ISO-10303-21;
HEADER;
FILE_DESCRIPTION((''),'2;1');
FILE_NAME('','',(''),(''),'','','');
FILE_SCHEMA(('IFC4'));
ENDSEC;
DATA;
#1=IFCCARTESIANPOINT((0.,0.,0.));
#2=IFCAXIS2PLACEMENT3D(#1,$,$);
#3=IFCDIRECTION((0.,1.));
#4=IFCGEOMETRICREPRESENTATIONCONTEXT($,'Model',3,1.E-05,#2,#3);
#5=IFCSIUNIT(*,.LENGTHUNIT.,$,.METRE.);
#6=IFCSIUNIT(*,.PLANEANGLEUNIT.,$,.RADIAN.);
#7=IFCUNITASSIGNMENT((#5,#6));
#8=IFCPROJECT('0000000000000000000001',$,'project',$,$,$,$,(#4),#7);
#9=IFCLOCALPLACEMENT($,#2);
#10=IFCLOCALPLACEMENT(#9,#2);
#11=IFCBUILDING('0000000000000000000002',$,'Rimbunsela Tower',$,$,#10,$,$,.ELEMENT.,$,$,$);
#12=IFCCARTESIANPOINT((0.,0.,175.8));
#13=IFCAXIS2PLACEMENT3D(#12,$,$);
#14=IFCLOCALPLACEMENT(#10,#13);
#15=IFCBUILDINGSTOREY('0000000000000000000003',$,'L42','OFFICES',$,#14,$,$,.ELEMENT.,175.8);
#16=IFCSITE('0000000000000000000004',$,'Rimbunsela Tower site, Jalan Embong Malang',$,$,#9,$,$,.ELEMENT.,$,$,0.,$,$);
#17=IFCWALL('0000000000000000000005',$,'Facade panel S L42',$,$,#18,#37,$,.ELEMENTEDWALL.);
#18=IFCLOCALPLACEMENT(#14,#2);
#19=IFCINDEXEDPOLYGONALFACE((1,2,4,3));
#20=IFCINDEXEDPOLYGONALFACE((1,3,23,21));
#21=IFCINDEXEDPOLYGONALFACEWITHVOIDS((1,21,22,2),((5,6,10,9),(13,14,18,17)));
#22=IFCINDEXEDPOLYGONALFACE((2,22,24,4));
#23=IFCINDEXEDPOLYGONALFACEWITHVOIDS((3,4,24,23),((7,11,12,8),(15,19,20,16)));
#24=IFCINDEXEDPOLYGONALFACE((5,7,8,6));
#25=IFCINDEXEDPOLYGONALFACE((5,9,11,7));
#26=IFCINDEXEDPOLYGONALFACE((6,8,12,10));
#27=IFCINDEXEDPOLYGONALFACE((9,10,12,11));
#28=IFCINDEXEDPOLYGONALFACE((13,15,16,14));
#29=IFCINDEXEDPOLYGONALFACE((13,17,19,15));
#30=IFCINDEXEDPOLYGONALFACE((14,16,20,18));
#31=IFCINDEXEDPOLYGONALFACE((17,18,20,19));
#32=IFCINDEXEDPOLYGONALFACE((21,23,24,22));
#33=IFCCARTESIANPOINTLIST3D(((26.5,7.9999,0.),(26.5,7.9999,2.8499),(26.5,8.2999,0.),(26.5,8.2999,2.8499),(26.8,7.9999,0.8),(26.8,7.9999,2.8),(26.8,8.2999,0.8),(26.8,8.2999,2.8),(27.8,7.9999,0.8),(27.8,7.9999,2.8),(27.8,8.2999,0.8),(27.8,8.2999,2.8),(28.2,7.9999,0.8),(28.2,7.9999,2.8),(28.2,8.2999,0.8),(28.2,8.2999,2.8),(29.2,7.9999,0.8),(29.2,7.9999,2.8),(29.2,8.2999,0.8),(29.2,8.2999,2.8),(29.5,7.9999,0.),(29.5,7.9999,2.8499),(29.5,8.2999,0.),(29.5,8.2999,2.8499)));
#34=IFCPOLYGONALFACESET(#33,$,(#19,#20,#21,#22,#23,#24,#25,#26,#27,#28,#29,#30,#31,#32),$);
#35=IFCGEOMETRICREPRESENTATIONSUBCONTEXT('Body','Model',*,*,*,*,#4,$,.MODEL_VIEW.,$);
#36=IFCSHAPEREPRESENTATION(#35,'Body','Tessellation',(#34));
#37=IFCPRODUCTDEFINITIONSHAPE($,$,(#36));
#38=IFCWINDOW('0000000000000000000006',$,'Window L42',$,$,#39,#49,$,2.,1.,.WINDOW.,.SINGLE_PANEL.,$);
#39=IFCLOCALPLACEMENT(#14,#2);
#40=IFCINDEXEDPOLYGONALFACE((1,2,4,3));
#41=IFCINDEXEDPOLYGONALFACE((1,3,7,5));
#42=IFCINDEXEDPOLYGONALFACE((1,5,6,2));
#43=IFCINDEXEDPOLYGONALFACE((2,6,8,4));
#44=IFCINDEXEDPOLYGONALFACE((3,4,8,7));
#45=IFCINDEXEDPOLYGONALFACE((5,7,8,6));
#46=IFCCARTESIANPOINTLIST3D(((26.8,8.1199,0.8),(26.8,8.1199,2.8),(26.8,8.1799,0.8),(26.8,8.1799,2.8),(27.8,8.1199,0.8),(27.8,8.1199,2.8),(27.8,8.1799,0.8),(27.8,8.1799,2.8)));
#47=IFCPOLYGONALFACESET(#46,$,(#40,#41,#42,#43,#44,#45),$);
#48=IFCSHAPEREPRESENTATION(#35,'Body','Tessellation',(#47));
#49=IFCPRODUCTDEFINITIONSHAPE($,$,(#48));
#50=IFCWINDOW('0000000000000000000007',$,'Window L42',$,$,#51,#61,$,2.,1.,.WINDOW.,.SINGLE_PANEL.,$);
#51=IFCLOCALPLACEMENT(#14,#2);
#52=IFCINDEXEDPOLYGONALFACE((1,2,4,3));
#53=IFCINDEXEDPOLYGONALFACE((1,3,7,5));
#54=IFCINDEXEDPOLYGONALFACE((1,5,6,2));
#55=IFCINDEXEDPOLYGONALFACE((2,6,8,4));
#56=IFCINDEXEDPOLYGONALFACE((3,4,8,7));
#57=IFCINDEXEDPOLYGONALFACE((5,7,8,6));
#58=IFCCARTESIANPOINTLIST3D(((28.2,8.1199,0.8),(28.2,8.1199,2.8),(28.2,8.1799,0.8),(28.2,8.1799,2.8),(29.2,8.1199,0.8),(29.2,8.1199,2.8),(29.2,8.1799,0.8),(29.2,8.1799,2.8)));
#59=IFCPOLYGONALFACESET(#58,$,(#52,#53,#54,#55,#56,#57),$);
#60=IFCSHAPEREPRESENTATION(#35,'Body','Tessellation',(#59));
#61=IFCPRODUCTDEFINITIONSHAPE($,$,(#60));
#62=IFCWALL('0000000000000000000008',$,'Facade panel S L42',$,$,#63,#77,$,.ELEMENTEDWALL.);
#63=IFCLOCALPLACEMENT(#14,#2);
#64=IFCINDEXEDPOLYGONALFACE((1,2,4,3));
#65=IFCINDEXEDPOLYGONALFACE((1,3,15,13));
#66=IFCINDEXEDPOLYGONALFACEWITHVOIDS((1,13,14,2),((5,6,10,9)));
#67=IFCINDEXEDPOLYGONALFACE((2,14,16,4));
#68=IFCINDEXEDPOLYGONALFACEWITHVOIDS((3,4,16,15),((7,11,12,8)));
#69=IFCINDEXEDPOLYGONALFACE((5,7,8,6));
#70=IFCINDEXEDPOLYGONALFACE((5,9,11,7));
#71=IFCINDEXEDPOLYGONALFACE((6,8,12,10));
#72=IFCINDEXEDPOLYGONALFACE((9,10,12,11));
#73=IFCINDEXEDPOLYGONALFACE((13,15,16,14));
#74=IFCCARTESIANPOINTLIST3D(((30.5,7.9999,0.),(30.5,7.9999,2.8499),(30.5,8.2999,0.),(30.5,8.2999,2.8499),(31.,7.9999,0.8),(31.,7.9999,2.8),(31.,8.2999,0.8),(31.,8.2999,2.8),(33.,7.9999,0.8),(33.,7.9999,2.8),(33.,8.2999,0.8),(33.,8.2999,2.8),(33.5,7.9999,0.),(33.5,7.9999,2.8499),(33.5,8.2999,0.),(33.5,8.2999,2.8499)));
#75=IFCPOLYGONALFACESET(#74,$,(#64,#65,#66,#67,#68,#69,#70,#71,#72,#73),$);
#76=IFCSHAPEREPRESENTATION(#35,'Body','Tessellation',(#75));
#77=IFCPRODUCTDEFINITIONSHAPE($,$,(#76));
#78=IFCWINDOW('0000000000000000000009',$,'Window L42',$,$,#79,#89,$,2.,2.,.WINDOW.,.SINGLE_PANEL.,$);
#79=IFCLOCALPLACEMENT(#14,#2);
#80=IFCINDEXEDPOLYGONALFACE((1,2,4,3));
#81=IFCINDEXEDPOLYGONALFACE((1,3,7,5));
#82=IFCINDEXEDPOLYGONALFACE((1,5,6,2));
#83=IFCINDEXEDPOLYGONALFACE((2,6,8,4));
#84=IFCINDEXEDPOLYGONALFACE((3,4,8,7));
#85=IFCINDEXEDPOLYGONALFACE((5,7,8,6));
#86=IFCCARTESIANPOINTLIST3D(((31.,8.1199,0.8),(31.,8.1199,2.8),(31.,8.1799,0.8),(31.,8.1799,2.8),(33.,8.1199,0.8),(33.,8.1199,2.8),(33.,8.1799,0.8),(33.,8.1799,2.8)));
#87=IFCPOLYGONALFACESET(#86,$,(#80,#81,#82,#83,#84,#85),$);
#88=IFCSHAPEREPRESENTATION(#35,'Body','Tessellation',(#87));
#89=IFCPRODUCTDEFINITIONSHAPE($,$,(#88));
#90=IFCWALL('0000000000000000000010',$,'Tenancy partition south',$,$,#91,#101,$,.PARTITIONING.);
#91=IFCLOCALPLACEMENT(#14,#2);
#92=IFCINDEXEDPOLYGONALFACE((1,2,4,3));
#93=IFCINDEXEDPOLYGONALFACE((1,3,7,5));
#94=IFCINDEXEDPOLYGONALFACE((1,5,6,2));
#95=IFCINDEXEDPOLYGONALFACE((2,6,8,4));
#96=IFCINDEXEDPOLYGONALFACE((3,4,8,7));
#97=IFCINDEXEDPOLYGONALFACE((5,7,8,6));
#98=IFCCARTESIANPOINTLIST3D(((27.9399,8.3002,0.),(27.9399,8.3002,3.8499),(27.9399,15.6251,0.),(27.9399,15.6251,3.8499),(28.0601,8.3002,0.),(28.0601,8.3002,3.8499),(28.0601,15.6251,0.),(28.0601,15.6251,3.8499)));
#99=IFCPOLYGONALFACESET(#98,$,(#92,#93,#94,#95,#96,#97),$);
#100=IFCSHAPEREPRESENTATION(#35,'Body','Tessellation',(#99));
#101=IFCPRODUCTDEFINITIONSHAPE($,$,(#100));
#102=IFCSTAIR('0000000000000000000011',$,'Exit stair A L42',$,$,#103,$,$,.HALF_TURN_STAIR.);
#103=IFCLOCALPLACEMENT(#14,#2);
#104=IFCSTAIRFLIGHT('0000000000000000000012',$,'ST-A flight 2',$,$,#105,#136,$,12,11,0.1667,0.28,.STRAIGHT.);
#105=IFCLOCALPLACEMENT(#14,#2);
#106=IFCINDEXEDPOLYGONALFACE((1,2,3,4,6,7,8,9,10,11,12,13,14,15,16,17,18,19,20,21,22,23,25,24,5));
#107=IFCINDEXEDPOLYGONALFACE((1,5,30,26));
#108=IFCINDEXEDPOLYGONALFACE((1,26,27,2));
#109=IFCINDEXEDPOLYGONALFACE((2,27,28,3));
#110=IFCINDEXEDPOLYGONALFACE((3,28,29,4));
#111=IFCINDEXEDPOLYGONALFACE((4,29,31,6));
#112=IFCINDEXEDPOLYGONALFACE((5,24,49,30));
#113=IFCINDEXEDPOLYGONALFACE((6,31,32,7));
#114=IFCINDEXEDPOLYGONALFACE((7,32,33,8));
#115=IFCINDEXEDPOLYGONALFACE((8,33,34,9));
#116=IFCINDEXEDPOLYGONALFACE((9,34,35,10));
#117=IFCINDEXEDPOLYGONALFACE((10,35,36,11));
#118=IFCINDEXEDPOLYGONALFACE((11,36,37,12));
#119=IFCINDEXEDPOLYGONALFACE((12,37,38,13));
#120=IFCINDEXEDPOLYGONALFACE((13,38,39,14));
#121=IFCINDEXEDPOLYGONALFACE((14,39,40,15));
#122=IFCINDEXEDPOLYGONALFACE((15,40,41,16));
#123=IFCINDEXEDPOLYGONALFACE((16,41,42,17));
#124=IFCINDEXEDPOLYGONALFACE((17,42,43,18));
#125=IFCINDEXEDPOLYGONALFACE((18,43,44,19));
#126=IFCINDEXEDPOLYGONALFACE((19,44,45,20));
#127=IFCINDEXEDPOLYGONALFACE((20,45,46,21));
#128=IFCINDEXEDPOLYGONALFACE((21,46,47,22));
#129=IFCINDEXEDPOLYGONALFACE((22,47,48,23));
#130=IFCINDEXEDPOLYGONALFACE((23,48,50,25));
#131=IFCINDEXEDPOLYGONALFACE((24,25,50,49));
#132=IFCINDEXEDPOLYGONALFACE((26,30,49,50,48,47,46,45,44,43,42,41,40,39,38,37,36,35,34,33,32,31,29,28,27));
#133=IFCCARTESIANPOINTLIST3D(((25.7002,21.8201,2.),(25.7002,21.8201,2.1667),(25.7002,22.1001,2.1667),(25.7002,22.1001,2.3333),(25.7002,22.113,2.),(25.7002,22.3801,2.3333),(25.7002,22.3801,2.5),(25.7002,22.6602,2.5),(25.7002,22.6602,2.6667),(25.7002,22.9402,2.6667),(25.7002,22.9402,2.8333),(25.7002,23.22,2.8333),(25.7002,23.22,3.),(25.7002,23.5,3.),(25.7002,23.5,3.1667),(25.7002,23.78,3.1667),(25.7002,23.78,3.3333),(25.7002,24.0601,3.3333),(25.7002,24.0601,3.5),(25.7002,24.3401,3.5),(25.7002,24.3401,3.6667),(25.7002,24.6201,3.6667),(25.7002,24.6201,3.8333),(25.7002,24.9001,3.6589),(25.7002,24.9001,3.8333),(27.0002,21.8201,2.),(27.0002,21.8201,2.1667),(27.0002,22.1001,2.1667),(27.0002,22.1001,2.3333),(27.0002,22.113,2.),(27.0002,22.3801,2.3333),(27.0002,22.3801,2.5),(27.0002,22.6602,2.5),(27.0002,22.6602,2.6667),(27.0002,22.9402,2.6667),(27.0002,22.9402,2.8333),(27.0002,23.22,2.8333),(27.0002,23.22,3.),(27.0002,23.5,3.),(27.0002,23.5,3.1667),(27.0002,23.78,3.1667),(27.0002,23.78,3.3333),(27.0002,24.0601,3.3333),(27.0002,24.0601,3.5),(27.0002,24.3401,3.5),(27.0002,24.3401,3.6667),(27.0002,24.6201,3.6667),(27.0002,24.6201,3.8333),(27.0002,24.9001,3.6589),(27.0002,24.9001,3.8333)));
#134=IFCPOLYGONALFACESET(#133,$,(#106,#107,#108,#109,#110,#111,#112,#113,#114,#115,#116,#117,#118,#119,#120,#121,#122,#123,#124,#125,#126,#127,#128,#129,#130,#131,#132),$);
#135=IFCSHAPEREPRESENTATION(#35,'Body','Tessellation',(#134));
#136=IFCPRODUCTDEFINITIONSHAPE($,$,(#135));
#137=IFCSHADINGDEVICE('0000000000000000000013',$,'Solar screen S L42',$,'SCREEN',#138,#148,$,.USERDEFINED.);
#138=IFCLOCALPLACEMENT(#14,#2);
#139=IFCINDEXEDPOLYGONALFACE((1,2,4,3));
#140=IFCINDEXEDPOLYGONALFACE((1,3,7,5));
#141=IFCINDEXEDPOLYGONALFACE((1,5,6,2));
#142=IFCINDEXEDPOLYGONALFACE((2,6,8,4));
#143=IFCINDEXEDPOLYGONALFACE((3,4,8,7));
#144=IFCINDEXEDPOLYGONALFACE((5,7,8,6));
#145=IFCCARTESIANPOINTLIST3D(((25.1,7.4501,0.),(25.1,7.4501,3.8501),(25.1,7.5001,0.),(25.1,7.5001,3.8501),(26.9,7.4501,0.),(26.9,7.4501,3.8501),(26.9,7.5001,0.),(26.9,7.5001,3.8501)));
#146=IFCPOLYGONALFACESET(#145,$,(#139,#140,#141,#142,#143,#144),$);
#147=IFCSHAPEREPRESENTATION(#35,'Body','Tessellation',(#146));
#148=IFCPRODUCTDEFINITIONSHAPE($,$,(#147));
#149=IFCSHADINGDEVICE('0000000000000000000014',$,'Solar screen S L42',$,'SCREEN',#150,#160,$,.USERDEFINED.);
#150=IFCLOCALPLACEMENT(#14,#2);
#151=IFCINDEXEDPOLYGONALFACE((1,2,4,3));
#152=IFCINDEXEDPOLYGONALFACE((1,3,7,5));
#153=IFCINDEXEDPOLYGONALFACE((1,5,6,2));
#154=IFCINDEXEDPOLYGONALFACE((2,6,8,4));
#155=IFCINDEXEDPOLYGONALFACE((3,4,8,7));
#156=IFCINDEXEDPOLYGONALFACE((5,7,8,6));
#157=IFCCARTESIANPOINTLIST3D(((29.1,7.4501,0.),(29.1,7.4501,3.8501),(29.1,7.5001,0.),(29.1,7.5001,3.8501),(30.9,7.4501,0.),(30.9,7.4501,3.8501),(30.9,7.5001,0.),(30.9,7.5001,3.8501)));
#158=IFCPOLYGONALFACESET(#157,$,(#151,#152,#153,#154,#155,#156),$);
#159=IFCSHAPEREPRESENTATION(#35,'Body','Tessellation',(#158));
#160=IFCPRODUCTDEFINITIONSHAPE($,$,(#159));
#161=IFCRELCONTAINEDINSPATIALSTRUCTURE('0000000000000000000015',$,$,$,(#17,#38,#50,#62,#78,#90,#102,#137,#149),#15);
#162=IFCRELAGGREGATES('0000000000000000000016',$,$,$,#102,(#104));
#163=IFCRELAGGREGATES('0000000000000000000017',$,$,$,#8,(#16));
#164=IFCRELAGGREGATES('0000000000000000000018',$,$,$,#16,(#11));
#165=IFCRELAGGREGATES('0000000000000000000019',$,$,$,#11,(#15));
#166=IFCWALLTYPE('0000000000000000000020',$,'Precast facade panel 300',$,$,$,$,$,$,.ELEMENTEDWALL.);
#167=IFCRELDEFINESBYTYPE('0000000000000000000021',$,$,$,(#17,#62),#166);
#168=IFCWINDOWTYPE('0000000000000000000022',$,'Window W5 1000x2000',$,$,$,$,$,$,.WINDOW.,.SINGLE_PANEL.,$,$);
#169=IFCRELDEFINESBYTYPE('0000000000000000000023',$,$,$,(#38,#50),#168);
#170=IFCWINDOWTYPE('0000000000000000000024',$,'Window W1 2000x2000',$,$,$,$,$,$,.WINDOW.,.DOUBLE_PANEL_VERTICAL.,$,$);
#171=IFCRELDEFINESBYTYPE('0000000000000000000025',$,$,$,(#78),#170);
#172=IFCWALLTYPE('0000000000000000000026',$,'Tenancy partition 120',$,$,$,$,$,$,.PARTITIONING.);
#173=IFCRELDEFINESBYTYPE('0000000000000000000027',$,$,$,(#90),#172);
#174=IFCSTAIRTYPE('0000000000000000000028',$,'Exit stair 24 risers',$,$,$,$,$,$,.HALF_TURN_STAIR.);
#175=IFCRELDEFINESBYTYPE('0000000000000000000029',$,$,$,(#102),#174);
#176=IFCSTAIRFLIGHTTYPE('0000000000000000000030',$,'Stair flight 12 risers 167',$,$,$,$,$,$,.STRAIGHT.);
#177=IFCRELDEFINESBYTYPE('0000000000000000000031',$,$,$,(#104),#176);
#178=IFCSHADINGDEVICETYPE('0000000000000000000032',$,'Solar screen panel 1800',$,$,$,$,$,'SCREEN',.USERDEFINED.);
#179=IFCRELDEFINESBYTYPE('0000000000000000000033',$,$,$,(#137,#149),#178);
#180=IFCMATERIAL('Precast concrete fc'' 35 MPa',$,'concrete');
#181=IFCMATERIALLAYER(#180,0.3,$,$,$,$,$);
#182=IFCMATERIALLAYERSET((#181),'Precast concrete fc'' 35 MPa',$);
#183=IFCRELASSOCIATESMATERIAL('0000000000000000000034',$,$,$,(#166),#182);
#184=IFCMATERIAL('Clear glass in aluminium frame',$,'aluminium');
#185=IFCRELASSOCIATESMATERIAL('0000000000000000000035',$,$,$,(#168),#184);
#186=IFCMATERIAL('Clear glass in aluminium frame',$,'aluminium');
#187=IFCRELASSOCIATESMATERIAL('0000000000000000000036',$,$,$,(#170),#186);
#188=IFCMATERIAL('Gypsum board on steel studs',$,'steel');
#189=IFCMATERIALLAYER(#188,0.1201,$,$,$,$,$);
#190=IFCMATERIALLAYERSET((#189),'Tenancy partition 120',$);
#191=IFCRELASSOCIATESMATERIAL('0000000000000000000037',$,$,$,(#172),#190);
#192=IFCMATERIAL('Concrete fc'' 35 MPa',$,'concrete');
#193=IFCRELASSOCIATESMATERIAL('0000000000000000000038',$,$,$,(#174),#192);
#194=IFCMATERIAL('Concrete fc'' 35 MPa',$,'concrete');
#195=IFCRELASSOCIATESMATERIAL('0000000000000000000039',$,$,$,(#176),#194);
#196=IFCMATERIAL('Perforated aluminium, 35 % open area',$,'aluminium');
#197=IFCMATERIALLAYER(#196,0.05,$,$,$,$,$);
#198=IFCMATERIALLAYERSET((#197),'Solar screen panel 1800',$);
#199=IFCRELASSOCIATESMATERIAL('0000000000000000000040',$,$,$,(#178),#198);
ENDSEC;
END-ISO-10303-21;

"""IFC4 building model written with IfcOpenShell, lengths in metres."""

from ifc_helpers import new_model, si_unit, direction, frame, frame_2d, origin, origin_2d, place, context, subcontext, project, spatial, polyline, rectangle, outline, extrude, material, layer, layer_set, type_object, element, fill, aggregate, save


model = new_model("IFC4")

# Units and contexts
model_context = context("Model", 3, precision=1e-05, world=origin(), true_north=direction((0.0, 1.0)))
body_context = subcontext(model_context, "Body", "Model", "MODEL_VIEW")
ifc_project = project(units=[si_unit("LENGTHUNIT", "METRE"), si_unit("PLANEANGLEUNIT", "RADIAN")], contexts=[model_context])

# Site, building, storey
site_placement = place(None, origin())
site = spatial("IfcSite", under=ifc_project, at=site_placement, Name="Rimbunsela Tower site, Jalan Embong Malang", CompositionType="ELEMENT", RefElevation=0.0)
building_placement = place(site_placement, origin())
building = spatial("IfcBuilding", under=site, at=building_placement, Name="Rimbunsela Tower", CompositionType="ELEMENT")
storey_placement = place(building_placement, frame((0.0, 0.0, 175.8)))
storey = spatial("IfcBuildingStorey", under=building, at=storey_placement, Name="L42", Description="OFFICES", CompositionType="ELEMENT", Elevation=175.8)

# Wall, openings, windows
ifc_material_1 = material(Name="Precast concrete fc' 35 MPa", Category="concrete")
ifc_layer_1 = layer(ifc_material_1, 0.3)
ifc_layer_set_1 = layer_set([ifc_layer_1], Name="Precast concrete fc' 35 MPa")
wall_type_1 = type_object("IfcWallType", Name="Precast facade panel 300", PredefinedType="ELEMENTEDWALL", material=ifc_layer_set_1)
wall_1_placement = place(storey_placement, frame((26.5, 8.1499, 0.0), z_axis=(0.0, 0.0, 1.0), x_axis=(1.0, 0.0, 0.0)))
wall_1 = element("IfcWall", 1, at=wall_1_placement, inside=storey, type_object=wall_type_1, Name="Facade panel S L42", PredefinedType="ELEMENTEDWALL", context=body_context, shape_type="SweptSolid", body=[
    extrude(rectangle(XDim=3.0, YDim=0.3, at=frame_2d((1.5, 0.0))), origin(), (0.0, 0.0, 1.0), 2.8499),
])
opening_1_placement = place(wall_1_placement, frame((0.3, 0.0, 0.8)))
opening_1 = element("IfcOpeningElement", 2, at=opening_1_placement, cuts=wall_1, PredefinedType="OPENING", context=body_context, shape_type="SweptSolid", body=[
    extrude(rectangle(XDim=1.0, YDim=2.0, at=frame_2d((0.5, 1.0))), frame((0.0, 0.1599, 0.0), z_axis=(0.0, -1.0, 0.0), x_axis=(1.0, 0.0, 0.0)), (0.0, 0.0, 1.0), 0.3201),
])
opening_2_placement = place(wall_1_placement, frame((1.7, 0.0, 0.8)))
opening_2 = element("IfcOpeningElement", 3, at=opening_2_placement, cuts=wall_1, PredefinedType="OPENING", context=body_context, shape_type="SweptSolid", body=[
    extrude(rectangle(XDim=1.0, YDim=2.0, at=frame_2d((0.5, 1.0))), frame((0.0, 0.1599, 0.0), z_axis=(0.0, -1.0, 0.0), x_axis=(1.0, 0.0, 0.0)), (0.0, 0.0, 1.0), 0.3201),
])
ifc_material_2 = material(Name="Clear glass in aluminium frame", Category="aluminium")
window_type_1 = type_object("IfcWindowType", Name="Window W5 1000x2000", PartitioningType="SINGLE_PANEL", PredefinedType="WINDOW", material=ifc_material_2)
window_1_placement = place(opening_1_placement, origin())
window_1 = element("IfcWindow", 4, at=window_1_placement, inside=storey, type_object=window_type_1, Name="Window L42", OverallHeight=2.0, OverallWidth=1.0, PartitioningType="SINGLE_PANEL", PredefinedType="WINDOW", context=body_context, shape_type="SweptSolid", body=[
    extrude(rectangle(XDim=1.0, YDim=2.0, at=frame_2d((0.5, 1.0))), frame((0.0, 0.03, 0.0), z_axis=(0.0, -1.0, 0.0), x_axis=(1.0, 0.0, 0.0)), (0.0, 0.0, 1.0), 0.0601),
])
fill(opening_1, window_1)
window_2_placement = place(opening_2_placement, origin())
window_2 = element("IfcWindow", 5, at=window_2_placement, inside=storey, type_object=window_type_1, Name="Window L42", OverallHeight=2.0, OverallWidth=1.0, PartitioningType="SINGLE_PANEL", PredefinedType="WINDOW", context=body_context, shape_type="SweptSolid", body=[
    extrude(rectangle(XDim=1.0, YDim=2.0, at=frame_2d((0.5, 1.0))), frame((0.0, 0.03, 0.0), z_axis=(0.0, -1.0, 0.0), x_axis=(1.0, 0.0, 0.0)), (0.0, 0.0, 1.0), 0.0601),
])
fill(opening_2, window_2)

# Wall, opening, window
wall_2_placement = place(storey_placement, frame((30.5, 8.1499, 0.0), z_axis=(0.0, 0.0, 1.0), x_axis=(1.0, 0.0, 0.0)))
wall_2 = element("IfcWall", 6, at=wall_2_placement, inside=storey, type_object=wall_type_1, Name="Facade panel S L42", PredefinedType="ELEMENTEDWALL", context=body_context, shape_type="SweptSolid", body=[
    extrude(rectangle(XDim=3.0, YDim=0.3, at=frame_2d((1.5, 0.0))), origin(), (0.0, 0.0, 1.0), 2.8499),
])
opening_3_placement = place(wall_2_placement, frame((0.5, 0.0, 0.8)))
opening_3 = element("IfcOpeningElement", 7, at=opening_3_placement, cuts=wall_2, PredefinedType="OPENING", context=body_context, shape_type="SweptSolid", body=[
    extrude(rectangle(XDim=2.0, YDim=2.0, at=frame_2d((1.0, 1.0))), frame((0.0, 0.1599, 0.0), z_axis=(0.0, -1.0, 0.0), x_axis=(1.0, 0.0, 0.0)), (0.0, 0.0, 1.0), 0.3201),
])
ifc_material_3 = material(Name="Clear glass in aluminium frame", Category="aluminium")
window_type_2 = type_object("IfcWindowType", Name="Window W1 2000x2000", PartitioningType="DOUBLE_PANEL_VERTICAL", PredefinedType="WINDOW", material=ifc_material_3)
window_3_placement = place(opening_3_placement, origin())
window_3 = element("IfcWindow", 8, at=window_3_placement, inside=storey, type_object=window_type_2, Name="Window L42", OverallHeight=2.0, OverallWidth=2.0, PartitioningType="SINGLE_PANEL", PredefinedType="WINDOW", context=body_context, shape_type="SweptSolid", body=[
    extrude(rectangle(XDim=2.0, YDim=2.0, at=frame_2d((1.0, 1.0))), frame((0.0, 0.03, 0.0), z_axis=(0.0, -1.0, 0.0), x_axis=(1.0, 0.0, 0.0)), (0.0, 0.0, 1.0), 0.0601),
])
fill(opening_3, window_3)

# Wall
ifc_material_4 = material(Name="Gypsum board on steel studs", Category="steel")
ifc_layer_2 = layer(ifc_material_4, 0.1201)
ifc_layer_set_2 = layer_set([ifc_layer_2], Name="Tenancy partition 120")
wall_type_2 = type_object("IfcWallType", Name="Tenancy partition 120", PredefinedType="PARTITIONING", material=ifc_layer_set_2)
wall_3_placement = place(storey_placement, frame((28.0, 8.3, 0.0), z_axis=(0.0, 0.0, 1.0), x_axis=(0.0, 1.0, 0.0)))
element("IfcWall", 9, at=wall_3_placement, inside=storey, type_object=wall_type_2, Name="Tenancy partition south", PredefinedType="PARTITIONING", context=body_context, shape_type="SweptSolid", body=[
    extrude(rectangle(XDim=7.325, YDim=0.1201, at=frame_2d((3.6626, 0.0))), origin(), (0.0, 0.0, 1.0), 3.8499),
])

# Stair, stair flight
ifc_material_5 = material(Name="Concrete fc' 35 MPa", Category="concrete")
stair_type = type_object("IfcStairType", Name="Exit stair 24 risers", PredefinedType="HALF_TURN_STAIR", material=ifc_material_5)
stair_placement = place(storey_placement, origin())
stair = element("IfcStair", 10, at=stair_placement, inside=storey, type_object=stair_type, Name="Exit stair A L42", PredefinedType="HALF_TURN_STAIR")
ifc_material_6 = material(Name="Concrete fc' 35 MPa", Category="concrete")
stair_flight_type = type_object("IfcStairFlightType", Name="Stair flight 12 risers 167", PredefinedType="STRAIGHT", material=ifc_material_6)
stair_flight_placement = place(storey_placement, frame((26.3501, 21.8201, 2.0), z_axis=(0.0, 0.0, 1.0), x_axis=(0.0, 1.0, 0.0)))
stair_flight = element("IfcStairFlight", 11, at=stair_flight_placement, type_object=stair_flight_type, Name="ST-A flight 2", NumberOfRisers=12, NumberOfTreads=11, PredefinedType="STRAIGHT", RiserHeight=0.1667, TreadLength=0.28, context=body_context, shape_type="SweptSolid", body=[
    extrude(outline(polyline([(0.0, 0.0), (0.0, 0.1667), (0.28, 0.1667), (0.28, 0.3333), (0.5601, 0.3333), (0.5601, 0.5), (0.8401, 0.5), (0.8401, 0.6667), (1.1201, 0.6667), (1.1201, 0.8333), (1.3999, 0.8333), (1.3999, 1.0), (1.6799, 1.0), (1.6799, 1.1667), (1.96, 1.1667), (1.96, 1.3333), (2.24, 1.3333), (2.24, 1.5), (2.52, 1.5), (2.52, 1.6667), (2.8, 1.6667), (2.8, 1.8333), (3.0801, 1.8333), (3.0801, 2.0), (3.0801, 1.6589), (0.293, 0.0), (0.0, 0.0)])), frame((0.0, 0.6499, 0.0), z_axis=(0.0, -1.0, 0.0), x_axis=(1.0, 0.0, 0.0)), (0.0, 0.0, 1.0), 1.3),
])
aggregate(stair, [stair_flight])

# Shading devices
ifc_material_7 = material(Name="Perforated aluminium, 35 % open area", Category="aluminium")
ifc_layer_3 = layer(ifc_material_7, 0.05)
ifc_layer_set_3 = layer_set([ifc_layer_3], Name="Solar screen panel 1800")
shading_device_type = type_object("IfcShadingDeviceType", Name="Solar screen panel 1800", ElementType="SCREEN", PredefinedType="USERDEFINED", material=ifc_layer_set_3)
for number, where, z_axis, x_axis, name in (
    (12, (26.0, 7.4751, 0.0), (0.0, 0.0, 1.0), (1.0, 0.0, 0.0), "Solar screen S L42"),
    (13, (30.0, 7.4751, 0.0), (0.0, 0.0, 1.0), (1.0, 0.0, 0.0), "Solar screen S L42"),
):
    element("IfcShadingDevice", number, at=place(storey_placement, frame(where, z_axis=z_axis, x_axis=x_axis)), inside=storey, type_object=shading_device_type, Name=name, ObjectType="SCREEN", PredefinedType="USERDEFINED", context=body_context, shape_type="SweptSolid", body=[
        extrude(rectangle(XDim=1.8, YDim=0.05, at=origin_2d()), origin(), (0.0, 0.0, 1.0), 3.8501),
    ])

save(model, "model.ifc")
